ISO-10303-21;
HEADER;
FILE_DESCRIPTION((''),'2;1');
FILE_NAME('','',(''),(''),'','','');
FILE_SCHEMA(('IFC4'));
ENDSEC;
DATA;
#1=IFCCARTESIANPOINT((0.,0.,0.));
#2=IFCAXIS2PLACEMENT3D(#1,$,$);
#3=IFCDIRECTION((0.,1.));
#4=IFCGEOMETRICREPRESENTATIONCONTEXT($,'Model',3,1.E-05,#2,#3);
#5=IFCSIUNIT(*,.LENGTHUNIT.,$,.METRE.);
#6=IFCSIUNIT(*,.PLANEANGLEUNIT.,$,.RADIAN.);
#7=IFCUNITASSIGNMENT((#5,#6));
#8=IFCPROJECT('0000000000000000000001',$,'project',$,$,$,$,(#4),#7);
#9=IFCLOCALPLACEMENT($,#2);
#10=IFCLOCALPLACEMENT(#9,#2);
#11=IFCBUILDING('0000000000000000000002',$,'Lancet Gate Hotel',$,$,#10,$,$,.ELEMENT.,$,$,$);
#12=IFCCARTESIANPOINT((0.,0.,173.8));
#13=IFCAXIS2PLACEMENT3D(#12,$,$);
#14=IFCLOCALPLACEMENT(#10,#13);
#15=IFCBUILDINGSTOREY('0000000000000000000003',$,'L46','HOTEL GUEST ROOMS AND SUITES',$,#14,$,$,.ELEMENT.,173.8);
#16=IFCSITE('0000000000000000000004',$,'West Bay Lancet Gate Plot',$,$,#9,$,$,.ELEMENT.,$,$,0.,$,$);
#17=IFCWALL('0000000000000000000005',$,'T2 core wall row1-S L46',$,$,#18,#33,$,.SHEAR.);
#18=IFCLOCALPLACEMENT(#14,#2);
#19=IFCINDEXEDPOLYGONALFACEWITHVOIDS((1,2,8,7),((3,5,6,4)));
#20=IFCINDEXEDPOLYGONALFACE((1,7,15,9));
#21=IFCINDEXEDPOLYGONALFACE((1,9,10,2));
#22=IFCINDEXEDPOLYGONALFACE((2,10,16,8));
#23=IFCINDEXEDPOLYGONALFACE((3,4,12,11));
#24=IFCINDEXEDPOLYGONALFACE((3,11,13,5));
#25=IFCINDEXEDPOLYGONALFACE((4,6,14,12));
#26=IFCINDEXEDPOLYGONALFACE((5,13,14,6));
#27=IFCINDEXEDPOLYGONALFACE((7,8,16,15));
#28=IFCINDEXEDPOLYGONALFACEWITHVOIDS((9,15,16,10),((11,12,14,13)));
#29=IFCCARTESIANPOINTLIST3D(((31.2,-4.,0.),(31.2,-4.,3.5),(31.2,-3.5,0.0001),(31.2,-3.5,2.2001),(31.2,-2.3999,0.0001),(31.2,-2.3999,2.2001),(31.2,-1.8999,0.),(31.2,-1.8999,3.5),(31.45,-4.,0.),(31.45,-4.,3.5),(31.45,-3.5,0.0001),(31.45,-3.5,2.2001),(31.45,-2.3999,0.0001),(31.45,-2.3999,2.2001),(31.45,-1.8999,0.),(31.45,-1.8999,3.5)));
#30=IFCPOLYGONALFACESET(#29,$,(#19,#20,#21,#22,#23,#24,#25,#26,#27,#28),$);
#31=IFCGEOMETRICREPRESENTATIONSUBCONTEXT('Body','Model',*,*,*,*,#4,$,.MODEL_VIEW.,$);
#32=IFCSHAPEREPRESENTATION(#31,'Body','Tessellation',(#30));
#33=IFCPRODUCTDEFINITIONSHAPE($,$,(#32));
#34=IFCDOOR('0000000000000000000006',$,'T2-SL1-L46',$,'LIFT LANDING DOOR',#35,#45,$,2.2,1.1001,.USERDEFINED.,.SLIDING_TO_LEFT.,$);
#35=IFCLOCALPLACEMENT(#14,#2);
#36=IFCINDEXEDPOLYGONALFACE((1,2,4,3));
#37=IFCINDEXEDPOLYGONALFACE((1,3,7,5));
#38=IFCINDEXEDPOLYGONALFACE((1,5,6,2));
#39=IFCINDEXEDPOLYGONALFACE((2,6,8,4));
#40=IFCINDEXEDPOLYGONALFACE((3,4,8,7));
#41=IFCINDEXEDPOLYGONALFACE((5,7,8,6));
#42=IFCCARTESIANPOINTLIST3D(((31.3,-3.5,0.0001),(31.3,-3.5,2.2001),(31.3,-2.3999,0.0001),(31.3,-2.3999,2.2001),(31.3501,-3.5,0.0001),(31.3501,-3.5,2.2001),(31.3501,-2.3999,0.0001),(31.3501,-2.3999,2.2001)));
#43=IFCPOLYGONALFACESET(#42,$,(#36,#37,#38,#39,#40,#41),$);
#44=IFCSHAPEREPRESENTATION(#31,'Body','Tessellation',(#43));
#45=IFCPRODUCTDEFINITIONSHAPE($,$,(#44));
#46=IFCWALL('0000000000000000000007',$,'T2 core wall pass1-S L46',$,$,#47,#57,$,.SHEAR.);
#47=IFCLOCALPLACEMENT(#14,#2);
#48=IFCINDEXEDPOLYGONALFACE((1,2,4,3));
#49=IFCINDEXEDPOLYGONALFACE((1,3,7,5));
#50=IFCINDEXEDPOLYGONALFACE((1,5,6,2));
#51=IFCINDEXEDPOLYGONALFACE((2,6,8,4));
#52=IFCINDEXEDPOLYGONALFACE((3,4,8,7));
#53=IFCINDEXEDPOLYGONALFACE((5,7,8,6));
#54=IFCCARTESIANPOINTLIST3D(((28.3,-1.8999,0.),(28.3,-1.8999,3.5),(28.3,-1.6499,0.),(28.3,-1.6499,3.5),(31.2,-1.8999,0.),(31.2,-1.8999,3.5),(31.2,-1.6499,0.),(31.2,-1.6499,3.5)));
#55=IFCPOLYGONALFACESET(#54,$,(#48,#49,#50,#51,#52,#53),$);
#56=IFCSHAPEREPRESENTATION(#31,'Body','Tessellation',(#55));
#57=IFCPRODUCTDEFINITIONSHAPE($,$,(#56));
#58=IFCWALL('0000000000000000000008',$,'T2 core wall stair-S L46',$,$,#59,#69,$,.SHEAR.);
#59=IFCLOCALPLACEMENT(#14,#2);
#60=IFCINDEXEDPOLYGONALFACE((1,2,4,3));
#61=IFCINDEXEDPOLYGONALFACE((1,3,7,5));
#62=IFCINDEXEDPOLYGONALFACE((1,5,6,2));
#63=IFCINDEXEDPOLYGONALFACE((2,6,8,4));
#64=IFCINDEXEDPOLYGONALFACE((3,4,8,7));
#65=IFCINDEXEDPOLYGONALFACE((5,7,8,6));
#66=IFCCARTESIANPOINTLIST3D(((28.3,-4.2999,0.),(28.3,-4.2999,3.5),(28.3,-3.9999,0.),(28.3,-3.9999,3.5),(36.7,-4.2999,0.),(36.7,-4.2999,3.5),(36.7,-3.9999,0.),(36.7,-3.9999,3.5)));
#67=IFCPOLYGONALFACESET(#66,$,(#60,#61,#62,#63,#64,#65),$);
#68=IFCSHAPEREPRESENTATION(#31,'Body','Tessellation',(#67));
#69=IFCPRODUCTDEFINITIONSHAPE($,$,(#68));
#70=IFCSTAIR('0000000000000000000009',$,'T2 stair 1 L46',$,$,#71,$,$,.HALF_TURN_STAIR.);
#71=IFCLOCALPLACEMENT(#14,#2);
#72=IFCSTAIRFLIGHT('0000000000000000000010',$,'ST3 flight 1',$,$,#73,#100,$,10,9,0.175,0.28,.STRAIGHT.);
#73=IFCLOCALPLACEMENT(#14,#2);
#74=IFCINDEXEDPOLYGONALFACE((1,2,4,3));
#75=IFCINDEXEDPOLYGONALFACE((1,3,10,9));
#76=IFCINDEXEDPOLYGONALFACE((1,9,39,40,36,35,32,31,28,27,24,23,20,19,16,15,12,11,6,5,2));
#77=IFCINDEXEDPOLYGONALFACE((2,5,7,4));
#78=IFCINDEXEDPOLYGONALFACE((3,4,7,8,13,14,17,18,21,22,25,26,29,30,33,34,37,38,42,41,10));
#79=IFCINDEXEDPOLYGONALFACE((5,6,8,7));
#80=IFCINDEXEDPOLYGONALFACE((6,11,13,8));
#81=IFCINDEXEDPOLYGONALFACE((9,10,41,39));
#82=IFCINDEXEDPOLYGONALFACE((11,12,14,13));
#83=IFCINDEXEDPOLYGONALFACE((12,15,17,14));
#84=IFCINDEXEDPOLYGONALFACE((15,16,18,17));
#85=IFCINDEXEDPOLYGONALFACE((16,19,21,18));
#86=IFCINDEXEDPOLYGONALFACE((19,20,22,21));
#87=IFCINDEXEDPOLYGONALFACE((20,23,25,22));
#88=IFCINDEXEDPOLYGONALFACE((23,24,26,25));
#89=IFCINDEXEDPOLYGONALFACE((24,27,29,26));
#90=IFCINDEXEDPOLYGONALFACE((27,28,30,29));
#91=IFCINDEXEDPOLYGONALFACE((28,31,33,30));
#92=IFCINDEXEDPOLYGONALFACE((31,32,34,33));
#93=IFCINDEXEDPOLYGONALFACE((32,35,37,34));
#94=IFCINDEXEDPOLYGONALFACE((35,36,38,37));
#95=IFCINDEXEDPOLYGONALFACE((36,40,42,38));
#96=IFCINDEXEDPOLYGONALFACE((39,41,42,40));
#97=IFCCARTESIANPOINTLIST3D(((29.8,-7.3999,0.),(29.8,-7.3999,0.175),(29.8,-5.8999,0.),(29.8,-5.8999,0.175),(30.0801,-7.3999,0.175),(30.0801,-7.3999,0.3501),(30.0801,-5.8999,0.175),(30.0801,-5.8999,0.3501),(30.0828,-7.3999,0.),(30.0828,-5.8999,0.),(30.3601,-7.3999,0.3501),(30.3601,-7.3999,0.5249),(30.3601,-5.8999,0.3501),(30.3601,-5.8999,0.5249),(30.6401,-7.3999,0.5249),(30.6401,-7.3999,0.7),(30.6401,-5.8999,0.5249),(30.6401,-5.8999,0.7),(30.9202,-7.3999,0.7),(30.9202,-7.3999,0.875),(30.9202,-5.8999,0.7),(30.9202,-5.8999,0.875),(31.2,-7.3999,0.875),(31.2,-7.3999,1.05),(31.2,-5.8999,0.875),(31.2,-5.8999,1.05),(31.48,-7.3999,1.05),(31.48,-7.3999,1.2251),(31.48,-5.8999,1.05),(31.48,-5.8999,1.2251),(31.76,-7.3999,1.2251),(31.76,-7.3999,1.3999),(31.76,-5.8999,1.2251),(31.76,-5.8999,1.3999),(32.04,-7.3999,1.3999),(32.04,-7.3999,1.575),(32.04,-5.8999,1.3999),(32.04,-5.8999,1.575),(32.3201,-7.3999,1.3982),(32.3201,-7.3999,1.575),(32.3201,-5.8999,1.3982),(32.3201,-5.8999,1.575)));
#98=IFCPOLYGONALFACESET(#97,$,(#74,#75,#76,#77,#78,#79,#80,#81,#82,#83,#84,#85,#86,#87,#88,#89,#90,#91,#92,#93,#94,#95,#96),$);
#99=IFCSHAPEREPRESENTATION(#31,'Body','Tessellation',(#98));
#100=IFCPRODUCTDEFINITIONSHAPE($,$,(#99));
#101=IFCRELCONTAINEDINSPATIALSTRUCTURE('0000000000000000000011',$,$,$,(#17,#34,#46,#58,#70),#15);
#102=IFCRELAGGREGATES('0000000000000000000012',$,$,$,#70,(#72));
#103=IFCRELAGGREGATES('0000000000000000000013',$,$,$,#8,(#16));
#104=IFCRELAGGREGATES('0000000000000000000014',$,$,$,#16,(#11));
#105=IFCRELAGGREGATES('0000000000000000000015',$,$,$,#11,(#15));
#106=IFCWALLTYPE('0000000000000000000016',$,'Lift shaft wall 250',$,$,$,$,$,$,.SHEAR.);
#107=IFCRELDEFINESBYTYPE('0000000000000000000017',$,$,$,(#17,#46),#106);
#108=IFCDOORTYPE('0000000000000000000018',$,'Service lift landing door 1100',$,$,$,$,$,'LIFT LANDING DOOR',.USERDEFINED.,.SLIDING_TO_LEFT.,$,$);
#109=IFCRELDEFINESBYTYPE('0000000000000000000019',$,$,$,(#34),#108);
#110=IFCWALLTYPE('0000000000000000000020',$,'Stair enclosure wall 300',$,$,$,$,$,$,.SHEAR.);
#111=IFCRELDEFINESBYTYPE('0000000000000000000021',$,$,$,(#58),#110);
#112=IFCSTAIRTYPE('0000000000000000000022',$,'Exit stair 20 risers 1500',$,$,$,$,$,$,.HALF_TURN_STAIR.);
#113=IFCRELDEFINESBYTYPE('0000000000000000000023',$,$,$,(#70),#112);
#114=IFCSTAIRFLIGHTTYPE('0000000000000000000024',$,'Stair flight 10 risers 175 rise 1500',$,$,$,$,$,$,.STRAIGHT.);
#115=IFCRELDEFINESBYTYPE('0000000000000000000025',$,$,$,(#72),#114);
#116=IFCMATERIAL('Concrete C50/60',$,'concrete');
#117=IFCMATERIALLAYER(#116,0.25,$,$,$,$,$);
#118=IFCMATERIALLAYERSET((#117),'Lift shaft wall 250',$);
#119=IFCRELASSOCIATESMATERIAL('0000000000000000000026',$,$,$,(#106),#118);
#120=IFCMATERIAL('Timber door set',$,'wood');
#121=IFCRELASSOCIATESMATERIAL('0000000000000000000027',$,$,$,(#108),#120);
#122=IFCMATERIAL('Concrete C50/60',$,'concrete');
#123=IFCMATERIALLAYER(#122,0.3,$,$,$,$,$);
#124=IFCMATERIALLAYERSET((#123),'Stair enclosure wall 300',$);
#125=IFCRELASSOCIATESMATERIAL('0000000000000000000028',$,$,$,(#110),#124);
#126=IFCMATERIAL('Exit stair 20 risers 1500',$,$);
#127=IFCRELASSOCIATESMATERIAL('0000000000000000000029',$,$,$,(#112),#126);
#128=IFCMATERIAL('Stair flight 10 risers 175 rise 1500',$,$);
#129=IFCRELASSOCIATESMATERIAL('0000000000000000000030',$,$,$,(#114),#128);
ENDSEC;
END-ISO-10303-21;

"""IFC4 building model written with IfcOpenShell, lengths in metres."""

from ifc_helpers import new_model, si_unit, direction, frame, frame_2d, origin, place, context, subcontext, project, spatial, polyline, rectangle, outline, extrude, material, layer, layer_set, type_object, element, fill, aggregate, save


model = new_model("IFC4")

# Units and contexts
model_context = context("Model", 3, precision=1e-05, world=origin(), true_north=direction((0.0, 1.0)))
body_context = subcontext(model_context, "Body", "Model", "MODEL_VIEW")
ifc_project = project(units=[si_unit("LENGTHUNIT", "METRE"), si_unit("PLANEANGLEUNIT", "RADIAN")], contexts=[model_context])

# Site, building, storey
site_placement = place(None, origin())
site = spatial("IfcSite", under=ifc_project, at=site_placement, Name="West Bay Lancet Gate Plot", CompositionType="ELEMENT", RefElevation=0.0)
building_placement = place(site_placement, origin())
building = spatial("IfcBuilding", under=site, at=building_placement, Name="Lancet Gate Hotel", CompositionType="ELEMENT")
storey_placement = place(building_placement, frame((0.0, 0.0, 173.8)))
storey = spatial("IfcBuildingStorey", under=building, at=storey_placement, Name="L46", Description="HOTEL GUEST ROOMS AND SUITES", CompositionType="ELEMENT", Elevation=173.8)

# Wall, opening, door
ifc_material_1 = material(Name="Concrete C50/60", Category="concrete")
ifc_layer_1 = layer(ifc_material_1, 0.25)
ifc_layer_set_1 = layer_set([ifc_layer_1], Name="Lift shaft wall 250")
wall_type_1 = type_object("IfcWallType", Name="Lift shaft wall 250", PredefinedType="SHEAR", material=ifc_layer_set_1)
wall_1_placement = place(storey_placement, frame((31.325, -4.0, 0.0), z_axis=(0.0, 0.0, 1.0), x_axis=(0.0, 1.0, 0.0)))
wall_1 = element("IfcWall", 1, at=wall_1_placement, inside=storey, type_object=wall_type_1, Name="T2 core wall row1-S L46", PredefinedType="SHEAR", context=body_context, shape_type="SweptSolid", body=[
    extrude(rectangle(XDim=2.1001, YDim=0.25, at=frame_2d((1.05, 0.0))), origin(), (0.0, 0.0, 1.0), 3.5),
])
opening_1_placement = place(wall_1_placement, frame((0.5, 0.0, 0.0)))
opening_1 = element("IfcOpeningElement", 2, at=opening_1_placement, cuts=wall_1, PredefinedType="OPENING", context=body_context, shape_type="SweptSolid", body=[
    extrude(rectangle(XDim=1.1001, YDim=2.2, at=frame_2d((0.55, 1.1001))), frame((0.0, 0.135, 0.0), z_axis=(0.0, -1.0, 0.0), x_axis=(1.0, 0.0, 0.0)), (0.0, 0.0, 1.0), 0.27),
])
ifc_material_2 = material(Name="Timber door set", Category="wood")
door_type_1 = type_object("IfcDoorType", Name="Service lift landing door 1100", ElementType="LIFT LANDING DOOR", OperationType="SLIDING_TO_LEFT", PredefinedType="USERDEFINED", material=ifc_material_2)
door_1_placement = place(opening_1_placement, origin())
door_1 = element("IfcDoor", 3, at=door_1_placement, inside=storey, type_object=door_type_1, Name="T2-SL1-L46", ObjectType="LIFT LANDING DOOR", OperationType="SLIDING_TO_LEFT", OverallHeight=2.2, OverallWidth=1.1001, PredefinedType="USERDEFINED", context=body_context, shape_type="SweptSolid", body=[
    extrude(rectangle(XDim=1.1001, YDim=2.2, at=frame_2d((0.55, 1.1001))), frame((0.0, 0.0249, 0.0), z_axis=(0.0, -1.0, 0.0), x_axis=(1.0, 0.0, 0.0)), (0.0, 0.0, 1.0), 0.05),
])
fill(opening_1, door_1)

# Walls
wall_2_placement = place(storey_placement, frame((28.3, -1.7749, 0.0), z_axis=(0.0, 0.0, 1.0), x_axis=(1.0, 0.0, 0.0)))
element("IfcWall", 4, at=wall_2_placement, inside=storey, type_object=wall_type_1, Name="T2 core wall pass1-S L46", PredefinedType="SHEAR", context=body_context, shape_type="SweptSolid", body=[
    extrude(rectangle(XDim=2.8999, YDim=0.25, at=frame_2d((1.45, 0.0))), origin(), (0.0, 0.0, 1.0), 3.5),
])
ifc_material_3 = material(Name="Concrete C50/60", Category="concrete")
ifc_layer_2 = layer(ifc_material_3, 0.3)
ifc_layer_set_2 = layer_set([ifc_layer_2], Name="Stair enclosure wall 300")
wall_type_2 = type_object("IfcWallType", Name="Stair enclosure wall 300", PredefinedType="SHEAR", material=ifc_layer_set_2)
wall_3_placement = place(storey_placement, frame((28.3, -4.1499, 0.0), z_axis=(0.0, 0.0, 1.0), x_axis=(1.0, 0.0, 0.0)))
element("IfcWall", 5, at=wall_3_placement, inside=storey, type_object=wall_type_2, Name="T2 core wall stair-S L46", PredefinedType="SHEAR", context=body_context, shape_type="SweptSolid", body=[
    extrude(rectangle(XDim=8.3999, YDim=0.3, at=frame_2d((4.2, 0.0))), origin(), (0.0, 0.0, 1.0), 3.5),
])

# Stair, stair flight
ifc_material_4 = material(Name="Exit stair 20 risers 1500")
stair_type = type_object("IfcStairType", Name="Exit stair 20 risers 1500", PredefinedType="HALF_TURN_STAIR", material=ifc_material_4)
stair_placement = place(storey_placement, origin())
stair = element("IfcStair", 6, at=stair_placement, inside=storey, type_object=stair_type, Name="T2 stair 1 L46", PredefinedType="HALF_TURN_STAIR")
ifc_material_5 = material(Name="Stair flight 10 risers 175 rise 1500")
stair_flight_type = type_object("IfcStairFlightType", Name="Stair flight 10 risers 175 rise 1500", PredefinedType="STRAIGHT", material=ifc_material_5)
stair_flight_placement = place(storey_placement, frame((29.8, -6.6499, 0.0), z_axis=(0.0, 0.0, 1.0), x_axis=(1.0, 0.0, 0.0)))
stair_flight = element("IfcStairFlight", 7, at=stair_flight_placement, type_object=stair_flight_type, Name="ST3 flight 1", NumberOfRisers=10, NumberOfTreads=9, PredefinedType="STRAIGHT", RiserHeight=0.175, TreadLength=0.28, context=body_context, shape_type="SweptSolid", body=[
    extrude(outline(polyline([(0.0, 0.0), (0.0, 0.175), (0.28, 0.175), (0.28, 0.3501), (0.5601, 0.3501), (0.5601, 0.5249), (0.8401, 0.5249), (0.8401, 0.7), (1.1201, 0.7), (1.1201, 0.875), (1.3999, 0.875), (1.3999, 1.05), (1.6799, 1.05), (1.6799, 1.2251), (1.96, 1.2251), (1.96, 1.3999), (2.24, 1.3999), (2.24, 1.575), (2.52, 1.575), (2.52, 1.75), (2.52, 1.3982), (0.2827, 0.0), (0.0, 0.0)])), frame((0.0, 0.75, 0.0), z_axis=(0.0, -1.0, 0.0), x_axis=(1.0, 0.0, 0.0)), (0.0, 0.0, 1.0), 1.5),
])
aggregate(stair, [stair_flight])

save(model, "model.ifc")
